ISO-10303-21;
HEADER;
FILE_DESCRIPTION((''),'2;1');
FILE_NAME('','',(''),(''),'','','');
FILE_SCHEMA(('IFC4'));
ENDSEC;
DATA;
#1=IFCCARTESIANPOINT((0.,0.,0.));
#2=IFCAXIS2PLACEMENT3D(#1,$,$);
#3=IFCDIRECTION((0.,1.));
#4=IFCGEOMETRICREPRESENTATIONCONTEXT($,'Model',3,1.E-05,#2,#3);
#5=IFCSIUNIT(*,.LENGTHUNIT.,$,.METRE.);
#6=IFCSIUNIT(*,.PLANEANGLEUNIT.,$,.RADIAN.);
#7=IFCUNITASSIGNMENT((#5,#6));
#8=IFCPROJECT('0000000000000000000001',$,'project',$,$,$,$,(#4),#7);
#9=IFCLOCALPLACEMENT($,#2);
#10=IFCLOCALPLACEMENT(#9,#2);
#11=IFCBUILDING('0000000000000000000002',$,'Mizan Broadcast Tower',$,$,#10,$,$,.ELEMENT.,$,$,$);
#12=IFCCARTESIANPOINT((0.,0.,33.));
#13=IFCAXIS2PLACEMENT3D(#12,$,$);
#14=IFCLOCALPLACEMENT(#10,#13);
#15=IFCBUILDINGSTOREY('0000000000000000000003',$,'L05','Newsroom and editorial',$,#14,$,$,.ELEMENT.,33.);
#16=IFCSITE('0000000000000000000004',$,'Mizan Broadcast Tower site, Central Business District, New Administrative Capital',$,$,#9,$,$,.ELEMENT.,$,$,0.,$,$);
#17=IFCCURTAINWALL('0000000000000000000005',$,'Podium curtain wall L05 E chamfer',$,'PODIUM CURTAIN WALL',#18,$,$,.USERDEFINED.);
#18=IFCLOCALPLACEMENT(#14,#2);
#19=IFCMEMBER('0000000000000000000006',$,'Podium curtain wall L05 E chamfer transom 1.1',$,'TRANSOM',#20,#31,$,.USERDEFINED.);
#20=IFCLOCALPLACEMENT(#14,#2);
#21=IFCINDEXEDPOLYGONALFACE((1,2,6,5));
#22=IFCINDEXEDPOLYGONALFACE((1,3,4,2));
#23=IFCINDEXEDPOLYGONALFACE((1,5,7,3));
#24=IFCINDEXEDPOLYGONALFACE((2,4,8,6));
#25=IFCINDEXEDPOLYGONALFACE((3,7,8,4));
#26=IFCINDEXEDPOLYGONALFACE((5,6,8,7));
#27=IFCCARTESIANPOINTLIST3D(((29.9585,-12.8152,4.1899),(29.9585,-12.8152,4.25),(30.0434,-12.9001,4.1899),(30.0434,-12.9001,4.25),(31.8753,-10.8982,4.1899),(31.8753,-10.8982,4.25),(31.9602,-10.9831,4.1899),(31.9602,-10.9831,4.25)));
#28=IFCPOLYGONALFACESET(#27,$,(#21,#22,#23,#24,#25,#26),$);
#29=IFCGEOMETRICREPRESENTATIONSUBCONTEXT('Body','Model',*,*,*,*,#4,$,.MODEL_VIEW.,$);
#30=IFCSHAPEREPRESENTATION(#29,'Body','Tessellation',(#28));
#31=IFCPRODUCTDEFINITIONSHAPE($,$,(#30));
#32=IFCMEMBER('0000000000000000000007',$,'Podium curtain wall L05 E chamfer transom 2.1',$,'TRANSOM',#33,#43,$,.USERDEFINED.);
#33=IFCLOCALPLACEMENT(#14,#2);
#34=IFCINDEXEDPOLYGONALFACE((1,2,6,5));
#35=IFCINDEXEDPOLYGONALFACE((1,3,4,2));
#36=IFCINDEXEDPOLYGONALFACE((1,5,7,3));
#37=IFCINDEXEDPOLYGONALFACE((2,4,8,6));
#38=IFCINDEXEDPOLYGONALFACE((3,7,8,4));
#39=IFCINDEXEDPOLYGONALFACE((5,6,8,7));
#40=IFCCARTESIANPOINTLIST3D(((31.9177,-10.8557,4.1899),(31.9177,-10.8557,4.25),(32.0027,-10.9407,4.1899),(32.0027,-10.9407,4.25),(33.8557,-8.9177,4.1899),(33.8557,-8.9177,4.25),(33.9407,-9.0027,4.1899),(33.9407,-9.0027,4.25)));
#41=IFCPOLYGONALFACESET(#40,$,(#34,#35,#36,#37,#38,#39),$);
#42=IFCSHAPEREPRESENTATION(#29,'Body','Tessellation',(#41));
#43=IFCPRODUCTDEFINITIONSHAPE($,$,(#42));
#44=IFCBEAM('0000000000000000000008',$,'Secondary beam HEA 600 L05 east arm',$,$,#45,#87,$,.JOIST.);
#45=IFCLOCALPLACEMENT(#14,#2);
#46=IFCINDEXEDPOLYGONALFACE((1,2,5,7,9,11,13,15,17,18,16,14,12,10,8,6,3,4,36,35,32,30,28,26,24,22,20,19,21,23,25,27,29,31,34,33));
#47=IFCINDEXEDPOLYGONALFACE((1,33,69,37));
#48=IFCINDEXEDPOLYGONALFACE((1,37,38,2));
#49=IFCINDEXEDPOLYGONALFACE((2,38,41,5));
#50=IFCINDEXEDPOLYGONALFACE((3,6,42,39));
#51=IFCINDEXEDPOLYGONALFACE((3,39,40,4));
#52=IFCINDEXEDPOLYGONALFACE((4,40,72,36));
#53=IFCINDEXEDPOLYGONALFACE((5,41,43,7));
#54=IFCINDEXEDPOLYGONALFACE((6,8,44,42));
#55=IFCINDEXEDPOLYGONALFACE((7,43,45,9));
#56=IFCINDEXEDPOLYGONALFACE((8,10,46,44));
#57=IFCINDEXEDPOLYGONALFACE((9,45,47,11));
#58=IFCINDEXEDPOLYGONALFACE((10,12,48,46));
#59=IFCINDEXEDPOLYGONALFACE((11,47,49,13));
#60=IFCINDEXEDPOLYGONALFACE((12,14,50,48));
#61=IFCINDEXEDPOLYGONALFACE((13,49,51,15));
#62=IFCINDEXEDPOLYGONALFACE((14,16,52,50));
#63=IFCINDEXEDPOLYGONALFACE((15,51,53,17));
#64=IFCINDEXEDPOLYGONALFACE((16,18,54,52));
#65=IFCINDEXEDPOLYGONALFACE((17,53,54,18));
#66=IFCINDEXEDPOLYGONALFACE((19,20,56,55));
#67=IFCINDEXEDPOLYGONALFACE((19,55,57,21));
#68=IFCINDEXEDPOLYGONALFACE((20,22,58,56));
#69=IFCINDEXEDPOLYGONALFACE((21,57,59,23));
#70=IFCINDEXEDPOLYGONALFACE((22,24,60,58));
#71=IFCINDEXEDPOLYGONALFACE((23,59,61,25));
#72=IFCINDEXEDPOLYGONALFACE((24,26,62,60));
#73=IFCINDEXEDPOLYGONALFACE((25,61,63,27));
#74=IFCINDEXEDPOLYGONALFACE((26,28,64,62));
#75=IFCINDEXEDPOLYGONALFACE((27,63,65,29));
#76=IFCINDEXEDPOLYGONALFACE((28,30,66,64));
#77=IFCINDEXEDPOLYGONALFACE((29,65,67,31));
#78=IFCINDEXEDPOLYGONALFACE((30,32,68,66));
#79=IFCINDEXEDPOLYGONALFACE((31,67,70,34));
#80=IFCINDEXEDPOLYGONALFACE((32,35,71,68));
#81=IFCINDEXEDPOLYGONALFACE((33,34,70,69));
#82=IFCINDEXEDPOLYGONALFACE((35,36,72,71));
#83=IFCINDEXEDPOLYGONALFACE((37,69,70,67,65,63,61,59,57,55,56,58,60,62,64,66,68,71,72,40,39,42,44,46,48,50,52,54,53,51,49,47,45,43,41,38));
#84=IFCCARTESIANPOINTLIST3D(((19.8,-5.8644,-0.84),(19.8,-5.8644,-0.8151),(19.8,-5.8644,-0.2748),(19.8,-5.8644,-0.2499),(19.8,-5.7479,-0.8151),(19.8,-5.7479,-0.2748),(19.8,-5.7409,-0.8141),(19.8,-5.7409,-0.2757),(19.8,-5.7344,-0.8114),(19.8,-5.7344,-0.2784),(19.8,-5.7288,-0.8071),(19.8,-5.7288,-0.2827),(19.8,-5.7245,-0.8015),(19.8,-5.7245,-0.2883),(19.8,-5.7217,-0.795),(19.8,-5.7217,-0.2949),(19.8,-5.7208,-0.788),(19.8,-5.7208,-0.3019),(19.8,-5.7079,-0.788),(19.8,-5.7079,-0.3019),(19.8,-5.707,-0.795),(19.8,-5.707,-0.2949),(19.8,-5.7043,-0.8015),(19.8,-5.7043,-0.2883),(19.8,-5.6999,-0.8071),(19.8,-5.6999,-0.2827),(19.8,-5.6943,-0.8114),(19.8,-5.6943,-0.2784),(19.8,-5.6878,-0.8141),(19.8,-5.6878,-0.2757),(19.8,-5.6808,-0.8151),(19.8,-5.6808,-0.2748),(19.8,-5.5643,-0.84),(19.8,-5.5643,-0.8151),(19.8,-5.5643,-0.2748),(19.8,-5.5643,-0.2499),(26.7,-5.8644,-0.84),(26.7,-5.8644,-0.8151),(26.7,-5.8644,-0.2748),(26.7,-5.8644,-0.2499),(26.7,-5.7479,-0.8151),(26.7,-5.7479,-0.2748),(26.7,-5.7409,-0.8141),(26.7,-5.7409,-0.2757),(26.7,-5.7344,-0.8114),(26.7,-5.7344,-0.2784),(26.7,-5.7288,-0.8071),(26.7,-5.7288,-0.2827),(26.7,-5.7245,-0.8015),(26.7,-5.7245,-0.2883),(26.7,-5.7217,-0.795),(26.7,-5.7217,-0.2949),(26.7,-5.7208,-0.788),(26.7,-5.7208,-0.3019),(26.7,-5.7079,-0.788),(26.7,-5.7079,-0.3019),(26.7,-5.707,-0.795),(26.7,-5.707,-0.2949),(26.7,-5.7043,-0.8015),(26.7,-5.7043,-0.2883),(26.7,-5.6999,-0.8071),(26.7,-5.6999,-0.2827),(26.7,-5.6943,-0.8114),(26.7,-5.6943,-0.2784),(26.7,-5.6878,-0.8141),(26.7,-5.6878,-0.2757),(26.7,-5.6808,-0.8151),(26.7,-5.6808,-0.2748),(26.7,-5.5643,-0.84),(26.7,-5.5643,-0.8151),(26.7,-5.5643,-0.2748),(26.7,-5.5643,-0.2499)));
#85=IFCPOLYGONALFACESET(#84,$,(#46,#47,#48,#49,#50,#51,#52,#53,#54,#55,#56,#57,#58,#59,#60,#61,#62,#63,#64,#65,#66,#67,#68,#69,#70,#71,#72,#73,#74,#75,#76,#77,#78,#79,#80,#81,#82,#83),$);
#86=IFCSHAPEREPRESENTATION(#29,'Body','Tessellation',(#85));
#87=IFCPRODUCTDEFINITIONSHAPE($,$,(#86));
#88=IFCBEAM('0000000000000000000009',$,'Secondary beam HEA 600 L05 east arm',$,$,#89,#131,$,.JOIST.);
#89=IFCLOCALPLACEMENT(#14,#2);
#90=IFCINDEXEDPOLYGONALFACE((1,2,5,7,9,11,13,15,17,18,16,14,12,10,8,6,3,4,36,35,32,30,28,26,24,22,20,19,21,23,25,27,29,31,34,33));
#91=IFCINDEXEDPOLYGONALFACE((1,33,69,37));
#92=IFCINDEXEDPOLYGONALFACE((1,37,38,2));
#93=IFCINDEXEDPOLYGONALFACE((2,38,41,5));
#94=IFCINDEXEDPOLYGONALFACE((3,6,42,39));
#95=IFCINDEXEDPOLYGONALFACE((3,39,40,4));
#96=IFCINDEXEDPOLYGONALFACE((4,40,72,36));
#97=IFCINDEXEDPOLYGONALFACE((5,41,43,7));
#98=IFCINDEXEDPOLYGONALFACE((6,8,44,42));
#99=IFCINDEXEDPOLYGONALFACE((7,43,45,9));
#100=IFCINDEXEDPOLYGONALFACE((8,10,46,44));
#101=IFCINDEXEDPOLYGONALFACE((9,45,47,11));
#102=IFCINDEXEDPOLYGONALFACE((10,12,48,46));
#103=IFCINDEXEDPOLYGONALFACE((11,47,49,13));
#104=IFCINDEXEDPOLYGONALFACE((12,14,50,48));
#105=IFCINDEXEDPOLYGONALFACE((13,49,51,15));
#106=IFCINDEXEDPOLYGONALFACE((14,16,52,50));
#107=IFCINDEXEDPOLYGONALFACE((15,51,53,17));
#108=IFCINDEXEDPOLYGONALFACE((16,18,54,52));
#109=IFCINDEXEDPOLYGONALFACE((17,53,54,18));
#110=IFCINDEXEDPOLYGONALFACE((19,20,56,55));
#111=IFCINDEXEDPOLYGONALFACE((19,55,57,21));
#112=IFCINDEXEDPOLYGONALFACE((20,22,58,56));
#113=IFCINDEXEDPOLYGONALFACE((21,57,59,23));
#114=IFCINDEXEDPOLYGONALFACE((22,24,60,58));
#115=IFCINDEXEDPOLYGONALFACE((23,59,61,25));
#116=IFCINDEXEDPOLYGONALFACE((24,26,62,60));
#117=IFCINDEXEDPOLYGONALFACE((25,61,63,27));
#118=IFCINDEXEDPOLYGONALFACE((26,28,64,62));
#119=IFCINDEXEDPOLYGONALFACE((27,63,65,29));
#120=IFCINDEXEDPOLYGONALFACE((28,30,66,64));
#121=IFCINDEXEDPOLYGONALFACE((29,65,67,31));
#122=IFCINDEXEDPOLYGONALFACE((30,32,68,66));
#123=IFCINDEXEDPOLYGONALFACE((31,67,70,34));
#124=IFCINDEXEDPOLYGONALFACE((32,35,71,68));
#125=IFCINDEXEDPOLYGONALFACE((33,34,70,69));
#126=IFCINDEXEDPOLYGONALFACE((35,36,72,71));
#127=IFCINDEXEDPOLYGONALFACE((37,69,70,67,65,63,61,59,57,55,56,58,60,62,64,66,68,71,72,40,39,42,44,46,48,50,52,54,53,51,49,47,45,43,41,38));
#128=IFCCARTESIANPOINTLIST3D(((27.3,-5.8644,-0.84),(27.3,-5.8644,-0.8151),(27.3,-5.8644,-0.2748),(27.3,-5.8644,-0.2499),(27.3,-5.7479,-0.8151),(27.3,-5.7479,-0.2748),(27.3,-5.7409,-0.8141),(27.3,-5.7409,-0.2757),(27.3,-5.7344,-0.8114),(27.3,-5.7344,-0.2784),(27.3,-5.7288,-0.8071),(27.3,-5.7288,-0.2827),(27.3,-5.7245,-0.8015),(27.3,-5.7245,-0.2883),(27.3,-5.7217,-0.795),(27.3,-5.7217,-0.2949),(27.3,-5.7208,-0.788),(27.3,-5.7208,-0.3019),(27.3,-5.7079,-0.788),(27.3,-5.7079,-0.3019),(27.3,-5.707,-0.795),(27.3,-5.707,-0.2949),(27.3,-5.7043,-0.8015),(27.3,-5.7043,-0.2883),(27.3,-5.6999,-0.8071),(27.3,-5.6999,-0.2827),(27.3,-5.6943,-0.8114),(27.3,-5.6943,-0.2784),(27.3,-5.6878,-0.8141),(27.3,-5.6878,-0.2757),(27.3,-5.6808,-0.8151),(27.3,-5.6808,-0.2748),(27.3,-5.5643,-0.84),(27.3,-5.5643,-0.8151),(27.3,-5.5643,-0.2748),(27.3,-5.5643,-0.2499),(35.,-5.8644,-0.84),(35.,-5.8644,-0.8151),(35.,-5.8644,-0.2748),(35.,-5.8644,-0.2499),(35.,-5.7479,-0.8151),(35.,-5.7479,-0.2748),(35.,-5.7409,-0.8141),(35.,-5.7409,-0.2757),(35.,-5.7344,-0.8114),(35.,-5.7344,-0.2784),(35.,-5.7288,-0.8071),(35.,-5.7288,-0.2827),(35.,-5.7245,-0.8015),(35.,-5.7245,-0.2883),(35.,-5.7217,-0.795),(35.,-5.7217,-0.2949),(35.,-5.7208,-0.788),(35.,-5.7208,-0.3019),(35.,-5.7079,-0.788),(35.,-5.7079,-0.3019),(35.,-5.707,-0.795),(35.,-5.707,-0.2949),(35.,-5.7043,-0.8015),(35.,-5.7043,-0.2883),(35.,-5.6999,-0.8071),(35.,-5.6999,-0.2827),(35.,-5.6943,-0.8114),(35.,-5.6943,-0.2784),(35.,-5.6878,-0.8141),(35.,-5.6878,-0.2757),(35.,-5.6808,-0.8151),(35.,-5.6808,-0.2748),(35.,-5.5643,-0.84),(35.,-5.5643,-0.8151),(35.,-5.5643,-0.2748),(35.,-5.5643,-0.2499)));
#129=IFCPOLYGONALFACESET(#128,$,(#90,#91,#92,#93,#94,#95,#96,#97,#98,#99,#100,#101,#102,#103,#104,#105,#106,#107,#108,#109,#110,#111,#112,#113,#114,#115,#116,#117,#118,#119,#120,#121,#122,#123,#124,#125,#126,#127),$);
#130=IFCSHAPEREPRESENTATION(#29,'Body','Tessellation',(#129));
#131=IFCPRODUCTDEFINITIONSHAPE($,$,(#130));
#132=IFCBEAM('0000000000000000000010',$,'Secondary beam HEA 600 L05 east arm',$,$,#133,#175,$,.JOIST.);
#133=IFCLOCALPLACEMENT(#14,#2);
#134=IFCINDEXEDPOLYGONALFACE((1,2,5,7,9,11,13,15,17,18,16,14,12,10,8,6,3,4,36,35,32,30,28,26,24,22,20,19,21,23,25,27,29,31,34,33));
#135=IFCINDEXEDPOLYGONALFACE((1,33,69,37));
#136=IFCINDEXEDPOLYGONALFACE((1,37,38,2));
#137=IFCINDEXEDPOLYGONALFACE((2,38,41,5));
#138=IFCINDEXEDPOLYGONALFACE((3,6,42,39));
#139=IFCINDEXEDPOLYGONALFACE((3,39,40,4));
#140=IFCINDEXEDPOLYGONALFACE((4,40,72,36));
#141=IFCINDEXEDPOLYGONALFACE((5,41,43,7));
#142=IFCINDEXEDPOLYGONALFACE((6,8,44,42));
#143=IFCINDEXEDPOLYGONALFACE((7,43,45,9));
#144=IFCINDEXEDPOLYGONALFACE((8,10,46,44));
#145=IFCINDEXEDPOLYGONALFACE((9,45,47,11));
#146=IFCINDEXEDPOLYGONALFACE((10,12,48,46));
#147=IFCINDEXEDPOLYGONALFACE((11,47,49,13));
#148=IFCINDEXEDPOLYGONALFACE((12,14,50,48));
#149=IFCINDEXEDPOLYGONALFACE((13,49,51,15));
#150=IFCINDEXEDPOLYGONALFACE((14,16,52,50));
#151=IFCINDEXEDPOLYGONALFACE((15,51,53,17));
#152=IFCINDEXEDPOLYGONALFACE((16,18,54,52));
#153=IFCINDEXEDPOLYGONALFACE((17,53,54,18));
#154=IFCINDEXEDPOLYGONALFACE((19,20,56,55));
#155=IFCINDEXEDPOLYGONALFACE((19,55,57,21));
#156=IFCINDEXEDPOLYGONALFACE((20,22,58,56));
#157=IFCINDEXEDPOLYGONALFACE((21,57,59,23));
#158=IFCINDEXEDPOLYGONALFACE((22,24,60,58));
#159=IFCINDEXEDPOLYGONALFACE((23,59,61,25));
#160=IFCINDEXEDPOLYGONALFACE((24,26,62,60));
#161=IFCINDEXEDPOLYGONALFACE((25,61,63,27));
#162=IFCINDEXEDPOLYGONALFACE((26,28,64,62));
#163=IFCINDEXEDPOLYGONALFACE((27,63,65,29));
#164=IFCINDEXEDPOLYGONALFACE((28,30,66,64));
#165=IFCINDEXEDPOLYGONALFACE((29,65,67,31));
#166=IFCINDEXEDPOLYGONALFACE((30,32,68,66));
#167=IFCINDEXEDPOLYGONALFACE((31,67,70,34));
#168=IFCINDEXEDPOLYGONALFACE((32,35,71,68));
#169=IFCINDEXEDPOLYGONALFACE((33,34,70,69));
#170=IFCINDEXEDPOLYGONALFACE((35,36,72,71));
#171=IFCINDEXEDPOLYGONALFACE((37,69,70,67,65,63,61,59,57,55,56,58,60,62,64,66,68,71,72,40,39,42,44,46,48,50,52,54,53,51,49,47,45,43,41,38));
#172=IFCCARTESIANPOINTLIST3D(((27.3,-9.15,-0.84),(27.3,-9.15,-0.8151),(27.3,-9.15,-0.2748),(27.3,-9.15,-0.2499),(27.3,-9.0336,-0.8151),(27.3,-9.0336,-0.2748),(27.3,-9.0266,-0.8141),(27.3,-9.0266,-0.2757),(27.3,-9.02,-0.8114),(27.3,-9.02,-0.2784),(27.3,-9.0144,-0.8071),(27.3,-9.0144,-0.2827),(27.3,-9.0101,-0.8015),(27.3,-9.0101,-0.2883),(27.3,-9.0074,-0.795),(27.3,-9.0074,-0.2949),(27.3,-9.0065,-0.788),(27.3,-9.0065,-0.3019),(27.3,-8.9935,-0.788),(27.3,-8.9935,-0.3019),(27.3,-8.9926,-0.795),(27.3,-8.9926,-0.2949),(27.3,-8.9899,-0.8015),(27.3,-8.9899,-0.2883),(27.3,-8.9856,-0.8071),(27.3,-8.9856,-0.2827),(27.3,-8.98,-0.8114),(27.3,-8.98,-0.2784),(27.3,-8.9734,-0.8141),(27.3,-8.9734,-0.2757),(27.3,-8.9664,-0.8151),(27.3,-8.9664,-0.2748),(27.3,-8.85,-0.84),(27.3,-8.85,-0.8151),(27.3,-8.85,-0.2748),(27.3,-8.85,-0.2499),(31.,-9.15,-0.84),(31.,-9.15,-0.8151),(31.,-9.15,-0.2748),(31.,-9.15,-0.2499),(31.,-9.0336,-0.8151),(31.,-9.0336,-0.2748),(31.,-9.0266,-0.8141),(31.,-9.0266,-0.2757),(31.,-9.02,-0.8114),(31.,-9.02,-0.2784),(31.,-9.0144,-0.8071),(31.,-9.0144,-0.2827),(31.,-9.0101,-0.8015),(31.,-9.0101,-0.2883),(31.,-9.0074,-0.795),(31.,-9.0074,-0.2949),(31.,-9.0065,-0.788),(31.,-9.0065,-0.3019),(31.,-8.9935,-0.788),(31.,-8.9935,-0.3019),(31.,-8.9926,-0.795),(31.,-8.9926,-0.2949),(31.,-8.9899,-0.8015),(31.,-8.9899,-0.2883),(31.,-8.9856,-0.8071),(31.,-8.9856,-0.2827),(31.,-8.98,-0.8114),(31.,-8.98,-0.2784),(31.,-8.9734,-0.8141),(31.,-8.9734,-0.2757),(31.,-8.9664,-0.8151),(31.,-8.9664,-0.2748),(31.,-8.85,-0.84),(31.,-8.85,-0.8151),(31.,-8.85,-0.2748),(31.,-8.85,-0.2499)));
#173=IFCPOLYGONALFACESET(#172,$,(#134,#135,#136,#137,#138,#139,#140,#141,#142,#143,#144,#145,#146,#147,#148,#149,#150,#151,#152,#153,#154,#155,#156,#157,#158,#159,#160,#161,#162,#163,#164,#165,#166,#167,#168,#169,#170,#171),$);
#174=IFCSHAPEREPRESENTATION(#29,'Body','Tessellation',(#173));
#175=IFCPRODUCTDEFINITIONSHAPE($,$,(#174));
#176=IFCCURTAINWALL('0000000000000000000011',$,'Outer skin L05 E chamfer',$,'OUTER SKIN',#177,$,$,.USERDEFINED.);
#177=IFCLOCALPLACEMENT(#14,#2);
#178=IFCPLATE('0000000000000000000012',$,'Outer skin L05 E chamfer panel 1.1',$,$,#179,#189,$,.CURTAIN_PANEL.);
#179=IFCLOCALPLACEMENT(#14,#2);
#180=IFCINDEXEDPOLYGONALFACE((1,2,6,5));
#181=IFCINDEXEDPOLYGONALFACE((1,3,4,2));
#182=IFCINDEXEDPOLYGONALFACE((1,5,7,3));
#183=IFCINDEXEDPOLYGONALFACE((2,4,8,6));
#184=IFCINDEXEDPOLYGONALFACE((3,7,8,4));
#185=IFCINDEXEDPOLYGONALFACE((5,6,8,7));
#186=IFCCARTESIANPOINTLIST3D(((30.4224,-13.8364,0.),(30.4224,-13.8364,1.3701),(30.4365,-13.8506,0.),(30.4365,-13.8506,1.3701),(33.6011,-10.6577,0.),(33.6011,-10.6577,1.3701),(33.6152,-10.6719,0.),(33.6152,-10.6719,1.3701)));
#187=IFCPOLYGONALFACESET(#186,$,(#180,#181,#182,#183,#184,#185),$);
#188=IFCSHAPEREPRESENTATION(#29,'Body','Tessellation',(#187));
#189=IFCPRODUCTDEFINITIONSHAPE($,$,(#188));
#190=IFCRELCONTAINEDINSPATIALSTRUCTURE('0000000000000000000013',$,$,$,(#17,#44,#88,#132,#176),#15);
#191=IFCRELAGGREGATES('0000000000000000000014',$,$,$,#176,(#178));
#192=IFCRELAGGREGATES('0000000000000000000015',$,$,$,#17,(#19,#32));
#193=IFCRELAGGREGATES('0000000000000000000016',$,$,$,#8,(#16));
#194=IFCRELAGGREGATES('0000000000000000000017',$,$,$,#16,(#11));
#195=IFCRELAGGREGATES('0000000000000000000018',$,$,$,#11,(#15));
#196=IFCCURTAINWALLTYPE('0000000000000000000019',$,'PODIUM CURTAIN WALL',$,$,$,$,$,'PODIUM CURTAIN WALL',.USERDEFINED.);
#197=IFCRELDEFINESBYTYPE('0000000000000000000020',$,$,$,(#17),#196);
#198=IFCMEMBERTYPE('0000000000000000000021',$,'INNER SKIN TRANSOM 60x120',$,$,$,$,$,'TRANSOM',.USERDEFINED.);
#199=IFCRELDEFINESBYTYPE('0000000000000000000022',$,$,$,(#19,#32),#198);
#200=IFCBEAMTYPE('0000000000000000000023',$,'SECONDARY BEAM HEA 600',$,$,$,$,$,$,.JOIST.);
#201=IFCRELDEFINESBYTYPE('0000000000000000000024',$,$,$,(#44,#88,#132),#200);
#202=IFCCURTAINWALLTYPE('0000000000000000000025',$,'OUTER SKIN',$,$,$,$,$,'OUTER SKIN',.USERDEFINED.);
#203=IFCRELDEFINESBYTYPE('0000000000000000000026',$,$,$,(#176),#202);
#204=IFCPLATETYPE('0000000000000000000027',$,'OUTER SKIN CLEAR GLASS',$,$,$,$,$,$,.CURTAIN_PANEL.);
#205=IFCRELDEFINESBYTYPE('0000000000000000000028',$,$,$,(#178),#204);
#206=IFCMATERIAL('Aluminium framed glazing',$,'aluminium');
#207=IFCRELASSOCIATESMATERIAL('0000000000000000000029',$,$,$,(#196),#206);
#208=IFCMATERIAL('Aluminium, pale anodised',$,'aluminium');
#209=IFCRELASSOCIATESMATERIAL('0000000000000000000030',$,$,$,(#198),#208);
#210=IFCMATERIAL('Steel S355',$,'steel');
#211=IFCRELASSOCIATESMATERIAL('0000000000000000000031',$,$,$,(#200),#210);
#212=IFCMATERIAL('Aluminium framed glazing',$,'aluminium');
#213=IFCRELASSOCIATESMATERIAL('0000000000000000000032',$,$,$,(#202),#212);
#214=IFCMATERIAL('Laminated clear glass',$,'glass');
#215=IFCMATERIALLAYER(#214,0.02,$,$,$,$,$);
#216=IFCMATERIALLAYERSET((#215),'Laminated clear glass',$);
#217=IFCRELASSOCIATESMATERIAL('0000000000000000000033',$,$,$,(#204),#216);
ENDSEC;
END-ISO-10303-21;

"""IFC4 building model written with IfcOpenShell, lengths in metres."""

from ifc_helpers import new_model, si_unit, direction, frame, origin, origin_2d, place, context, subcontext, project, spatial, rectangle, i_section, extrude, material, layer, layer_set, material_profile, profile_set, type_object, element, aggregate, save


model = new_model("IFC4")

# Units and contexts
model_context = context("Model", 3, precision=1e-05, world=origin(), true_north=direction((0.0, 1.0)))
body_context = subcontext(model_context, "Body", "Model", "MODEL_VIEW")
ifc_project = project(units=[si_unit("LENGTHUNIT", "METRE"), si_unit("PLANEANGLEUNIT", "RADIAN")], contexts=[model_context])

# Site, building, storey
site_placement = place(None, origin())
site = spatial("IfcSite", under=ifc_project, at=site_placement, Name="Mizan Broadcast Tower site, Central Business District, New Administrative Capital", CompositionType="ELEMENT", RefElevation=0.0)
building_placement = place(site_placement, origin())
building = spatial("IfcBuilding", under=site, at=building_placement, Name="Mizan Broadcast Tower", CompositionType="ELEMENT")
storey_placement = place(building_placement, frame((0.0, 0.0, 33.0)))
storey = spatial("IfcBuildingStorey", under=building, at=storey_placement, Name="L05", Description="Newsroom and editorial", CompositionType="ELEMENT", Elevation=33.0)

# Shared definitions
ifc_material_1 = material(Name="Aluminium framed glazing", Category="aluminium")
curtain_wall_type_1 = type_object("IfcCurtainWallType", Name="PODIUM CURTAIN WALL", ElementType="PODIUM CURTAIN WALL", PredefinedType="USERDEFINED", material=ifc_material_1)

# Curtain wall
curtain_wall_1_placement = place(storey_placement, origin())
curtain_wall_1 = element("IfcCurtainWall", 1, at=curtain_wall_1_placement, inside=storey, type_object=curtain_wall_type_1, Name="Podium curtain wall L05 E chamfer", ObjectType="PODIUM CURTAIN WALL", PredefinedType="USERDEFINED")

# Members
ifc_material_2 = material(Name="Aluminium, pale anodised", Category="aluminium")
ifc_material_profile_1 = material_profile(ifc_material_2, rectangle(XDim=0.1201, YDim=0.0601, at=origin_2d()), Name="TRANSOM 120x60")
ifc_profile_set_1 = profile_set([ifc_material_profile_1], Name="Aluminium, pale anodised")
member_type_1 = type_object("IfcMemberType", Name="INNER SKIN TRANSOM 60x120", ElementType="TRANSOM", PredefinedType="USERDEFINED", material=ifc_profile_set_1)
member_1_placement = place(storey_placement, frame((30.001, -12.8577, 4.22), z_axis=(0.707062, 0.707152, 0.0), x_axis=(-0.707152, 0.707062, 0.0)))
member_1 = element("IfcMember", 2, at=member_1_placement, type_object=member_type_1, Name="Podium curtain wall L05 E chamfer transom 1.1", ObjectType="TRANSOM", PredefinedType="USERDEFINED", context=body_context, shape_type="SweptSolid", body=[
    extrude(rectangle(XDim=0.1201, YDim=0.0601, at=origin_2d()), origin(), (0.0, 0.0, 1.0), 2.7109),
])
member_2_placement = place(storey_placement, frame((31.9602, -10.8982, 4.22), z_axis=(0.707107, 0.707107, 0.0), x_axis=(-0.707107, 0.707107, 0.0)))
member_2 = element("IfcMember", 3, at=member_2_placement, type_object=member_type_1, Name="Podium curtain wall L05 E chamfer transom 2.1", ObjectType="TRANSOM", PredefinedType="USERDEFINED", context=body_context, shape_type="SweptSolid", body=[
    extrude(rectangle(XDim=0.1201, YDim=0.0601, at=origin_2d()), origin(), (0.0, 0.0, 1.0), 2.7407),
])

# Beams
ifc_material_3 = material(Name="Steel S355", Category="steel")
ifc_material_profile_2 = material_profile(ifc_material_3, i_section(OverallWidth=0.3, OverallDepth=0.5901, WebThickness=0.0129, FlangeThickness=0.0249, FilletRadius=0.0271, at=origin_2d()), Name="HEA 600")
ifc_profile_set_2 = profile_set([ifc_material_profile_2], Name="Steel S355")
beam_type_1 = type_object("IfcBeamType", Name="SECONDARY BEAM HEA 600", PredefinedType="JOIST", material=ifc_profile_set_2)
beam_1_placement = place(storey_placement, frame((19.8, -5.7144, -0.5449), z_axis=(1.0, 0.0, 0.0), x_axis=(0.0, 1.0, 0.0)))
element("IfcBeam", 4, at=beam_1_placement, inside=storey, type_object=beam_type_1, Name="Secondary beam HEA 600 L05 east arm", PredefinedType="JOIST", context=body_context, shape_type="SweptSolid", body=[
    extrude(i_section(OverallWidth=0.3, OverallDepth=0.5901, WebThickness=0.0129, FlangeThickness=0.0249, FilletRadius=0.0271, at=origin_2d()), origin(), (0.0, 0.0, 1.0), 6.8999),
])
beam_2_placement = place(storey_placement, frame((27.3, -5.7144, -0.5449), z_axis=(1.0, 0.0, 0.0), x_axis=(0.0, 1.0, 0.0)))
element("IfcBeam", 5, at=beam_2_placement, inside=storey, type_object=beam_type_1, Name="Secondary beam HEA 600 L05 east arm", PredefinedType="JOIST", context=body_context, shape_type="SweptSolid", body=[
    extrude(i_section(OverallWidth=0.3, OverallDepth=0.5901, WebThickness=0.0129, FlangeThickness=0.0249, FilletRadius=0.0271, at=origin_2d()), origin(), (0.0, 0.0, 1.0), 7.7),
])
beam_3_placement = place(storey_placement, frame((27.3, -9.0, -0.5449), z_axis=(1.0, 0.0, 0.0), x_axis=(0.0, 1.0, 0.0)))
element("IfcBeam", 6, at=beam_3_placement, inside=storey, type_object=beam_type_1, Name="Secondary beam HEA 600 L05 east arm", PredefinedType="JOIST", context=body_context, shape_type="SweptSolid", body=[
    extrude(i_section(OverallWidth=0.3, OverallDepth=0.5901, WebThickness=0.0129, FlangeThickness=0.0249, FilletRadius=0.0271, at=origin_2d()), origin(), (0.0, 0.0, 1.0), 3.7),
])

# Curtain wall, plate
ifc_material_4 = material(Name="Aluminium framed glazing", Category="aluminium")
curtain_wall_type_2 = type_object("IfcCurtainWallType", Name="OUTER SKIN", ElementType="OUTER SKIN", PredefinedType="USERDEFINED", material=ifc_material_4)
curtain_wall_2_placement = place(storey_placement, origin())
curtain_wall_2 = element("IfcCurtainWall", 7, at=curtain_wall_2_placement, inside=storey, type_object=curtain_wall_type_2, Name="Outer skin L05 E chamfer", ObjectType="OUTER SKIN", PredefinedType="USERDEFINED")
ifc_material_5 = material(Name="Laminated clear glass", Category="glass")
ifc_layer_1 = layer(ifc_material_5, 0.02)
ifc_layer_set_1 = layer_set([ifc_layer_1], Name="Laminated clear glass")
plate_type_1 = type_object("IfcPlateType", Name="OUTER SKIN CLEAR GLASS", PredefinedType="CURTAIN_PANEL", material=ifc_layer_set_1)
plate_1_placement = place(storey_placement, frame((32.0188, -12.2542, 0.0), z_axis=(0.0, 0.0, 1.0), x_axis=(0.707107, 0.707107, 0.0)))
plate_1 = element("IfcPlate", 8, at=plate_1_placement, type_object=plate_type_1, Name="Outer skin L05 E chamfer panel 1.1", PredefinedType="CURTAIN_PANEL", context=body_context, shape_type="SweptSolid", body=[
    extrude(rectangle(XDim=4.4954, YDim=0.02, at=origin_2d()), origin(), (0.0, 0.0, 1.0), 1.3701),
])
aggregate(curtain_wall_2, [plate_1])

aggregate(curtain_wall_1, [member_1, member_2])

save(model, "model.ifc")
